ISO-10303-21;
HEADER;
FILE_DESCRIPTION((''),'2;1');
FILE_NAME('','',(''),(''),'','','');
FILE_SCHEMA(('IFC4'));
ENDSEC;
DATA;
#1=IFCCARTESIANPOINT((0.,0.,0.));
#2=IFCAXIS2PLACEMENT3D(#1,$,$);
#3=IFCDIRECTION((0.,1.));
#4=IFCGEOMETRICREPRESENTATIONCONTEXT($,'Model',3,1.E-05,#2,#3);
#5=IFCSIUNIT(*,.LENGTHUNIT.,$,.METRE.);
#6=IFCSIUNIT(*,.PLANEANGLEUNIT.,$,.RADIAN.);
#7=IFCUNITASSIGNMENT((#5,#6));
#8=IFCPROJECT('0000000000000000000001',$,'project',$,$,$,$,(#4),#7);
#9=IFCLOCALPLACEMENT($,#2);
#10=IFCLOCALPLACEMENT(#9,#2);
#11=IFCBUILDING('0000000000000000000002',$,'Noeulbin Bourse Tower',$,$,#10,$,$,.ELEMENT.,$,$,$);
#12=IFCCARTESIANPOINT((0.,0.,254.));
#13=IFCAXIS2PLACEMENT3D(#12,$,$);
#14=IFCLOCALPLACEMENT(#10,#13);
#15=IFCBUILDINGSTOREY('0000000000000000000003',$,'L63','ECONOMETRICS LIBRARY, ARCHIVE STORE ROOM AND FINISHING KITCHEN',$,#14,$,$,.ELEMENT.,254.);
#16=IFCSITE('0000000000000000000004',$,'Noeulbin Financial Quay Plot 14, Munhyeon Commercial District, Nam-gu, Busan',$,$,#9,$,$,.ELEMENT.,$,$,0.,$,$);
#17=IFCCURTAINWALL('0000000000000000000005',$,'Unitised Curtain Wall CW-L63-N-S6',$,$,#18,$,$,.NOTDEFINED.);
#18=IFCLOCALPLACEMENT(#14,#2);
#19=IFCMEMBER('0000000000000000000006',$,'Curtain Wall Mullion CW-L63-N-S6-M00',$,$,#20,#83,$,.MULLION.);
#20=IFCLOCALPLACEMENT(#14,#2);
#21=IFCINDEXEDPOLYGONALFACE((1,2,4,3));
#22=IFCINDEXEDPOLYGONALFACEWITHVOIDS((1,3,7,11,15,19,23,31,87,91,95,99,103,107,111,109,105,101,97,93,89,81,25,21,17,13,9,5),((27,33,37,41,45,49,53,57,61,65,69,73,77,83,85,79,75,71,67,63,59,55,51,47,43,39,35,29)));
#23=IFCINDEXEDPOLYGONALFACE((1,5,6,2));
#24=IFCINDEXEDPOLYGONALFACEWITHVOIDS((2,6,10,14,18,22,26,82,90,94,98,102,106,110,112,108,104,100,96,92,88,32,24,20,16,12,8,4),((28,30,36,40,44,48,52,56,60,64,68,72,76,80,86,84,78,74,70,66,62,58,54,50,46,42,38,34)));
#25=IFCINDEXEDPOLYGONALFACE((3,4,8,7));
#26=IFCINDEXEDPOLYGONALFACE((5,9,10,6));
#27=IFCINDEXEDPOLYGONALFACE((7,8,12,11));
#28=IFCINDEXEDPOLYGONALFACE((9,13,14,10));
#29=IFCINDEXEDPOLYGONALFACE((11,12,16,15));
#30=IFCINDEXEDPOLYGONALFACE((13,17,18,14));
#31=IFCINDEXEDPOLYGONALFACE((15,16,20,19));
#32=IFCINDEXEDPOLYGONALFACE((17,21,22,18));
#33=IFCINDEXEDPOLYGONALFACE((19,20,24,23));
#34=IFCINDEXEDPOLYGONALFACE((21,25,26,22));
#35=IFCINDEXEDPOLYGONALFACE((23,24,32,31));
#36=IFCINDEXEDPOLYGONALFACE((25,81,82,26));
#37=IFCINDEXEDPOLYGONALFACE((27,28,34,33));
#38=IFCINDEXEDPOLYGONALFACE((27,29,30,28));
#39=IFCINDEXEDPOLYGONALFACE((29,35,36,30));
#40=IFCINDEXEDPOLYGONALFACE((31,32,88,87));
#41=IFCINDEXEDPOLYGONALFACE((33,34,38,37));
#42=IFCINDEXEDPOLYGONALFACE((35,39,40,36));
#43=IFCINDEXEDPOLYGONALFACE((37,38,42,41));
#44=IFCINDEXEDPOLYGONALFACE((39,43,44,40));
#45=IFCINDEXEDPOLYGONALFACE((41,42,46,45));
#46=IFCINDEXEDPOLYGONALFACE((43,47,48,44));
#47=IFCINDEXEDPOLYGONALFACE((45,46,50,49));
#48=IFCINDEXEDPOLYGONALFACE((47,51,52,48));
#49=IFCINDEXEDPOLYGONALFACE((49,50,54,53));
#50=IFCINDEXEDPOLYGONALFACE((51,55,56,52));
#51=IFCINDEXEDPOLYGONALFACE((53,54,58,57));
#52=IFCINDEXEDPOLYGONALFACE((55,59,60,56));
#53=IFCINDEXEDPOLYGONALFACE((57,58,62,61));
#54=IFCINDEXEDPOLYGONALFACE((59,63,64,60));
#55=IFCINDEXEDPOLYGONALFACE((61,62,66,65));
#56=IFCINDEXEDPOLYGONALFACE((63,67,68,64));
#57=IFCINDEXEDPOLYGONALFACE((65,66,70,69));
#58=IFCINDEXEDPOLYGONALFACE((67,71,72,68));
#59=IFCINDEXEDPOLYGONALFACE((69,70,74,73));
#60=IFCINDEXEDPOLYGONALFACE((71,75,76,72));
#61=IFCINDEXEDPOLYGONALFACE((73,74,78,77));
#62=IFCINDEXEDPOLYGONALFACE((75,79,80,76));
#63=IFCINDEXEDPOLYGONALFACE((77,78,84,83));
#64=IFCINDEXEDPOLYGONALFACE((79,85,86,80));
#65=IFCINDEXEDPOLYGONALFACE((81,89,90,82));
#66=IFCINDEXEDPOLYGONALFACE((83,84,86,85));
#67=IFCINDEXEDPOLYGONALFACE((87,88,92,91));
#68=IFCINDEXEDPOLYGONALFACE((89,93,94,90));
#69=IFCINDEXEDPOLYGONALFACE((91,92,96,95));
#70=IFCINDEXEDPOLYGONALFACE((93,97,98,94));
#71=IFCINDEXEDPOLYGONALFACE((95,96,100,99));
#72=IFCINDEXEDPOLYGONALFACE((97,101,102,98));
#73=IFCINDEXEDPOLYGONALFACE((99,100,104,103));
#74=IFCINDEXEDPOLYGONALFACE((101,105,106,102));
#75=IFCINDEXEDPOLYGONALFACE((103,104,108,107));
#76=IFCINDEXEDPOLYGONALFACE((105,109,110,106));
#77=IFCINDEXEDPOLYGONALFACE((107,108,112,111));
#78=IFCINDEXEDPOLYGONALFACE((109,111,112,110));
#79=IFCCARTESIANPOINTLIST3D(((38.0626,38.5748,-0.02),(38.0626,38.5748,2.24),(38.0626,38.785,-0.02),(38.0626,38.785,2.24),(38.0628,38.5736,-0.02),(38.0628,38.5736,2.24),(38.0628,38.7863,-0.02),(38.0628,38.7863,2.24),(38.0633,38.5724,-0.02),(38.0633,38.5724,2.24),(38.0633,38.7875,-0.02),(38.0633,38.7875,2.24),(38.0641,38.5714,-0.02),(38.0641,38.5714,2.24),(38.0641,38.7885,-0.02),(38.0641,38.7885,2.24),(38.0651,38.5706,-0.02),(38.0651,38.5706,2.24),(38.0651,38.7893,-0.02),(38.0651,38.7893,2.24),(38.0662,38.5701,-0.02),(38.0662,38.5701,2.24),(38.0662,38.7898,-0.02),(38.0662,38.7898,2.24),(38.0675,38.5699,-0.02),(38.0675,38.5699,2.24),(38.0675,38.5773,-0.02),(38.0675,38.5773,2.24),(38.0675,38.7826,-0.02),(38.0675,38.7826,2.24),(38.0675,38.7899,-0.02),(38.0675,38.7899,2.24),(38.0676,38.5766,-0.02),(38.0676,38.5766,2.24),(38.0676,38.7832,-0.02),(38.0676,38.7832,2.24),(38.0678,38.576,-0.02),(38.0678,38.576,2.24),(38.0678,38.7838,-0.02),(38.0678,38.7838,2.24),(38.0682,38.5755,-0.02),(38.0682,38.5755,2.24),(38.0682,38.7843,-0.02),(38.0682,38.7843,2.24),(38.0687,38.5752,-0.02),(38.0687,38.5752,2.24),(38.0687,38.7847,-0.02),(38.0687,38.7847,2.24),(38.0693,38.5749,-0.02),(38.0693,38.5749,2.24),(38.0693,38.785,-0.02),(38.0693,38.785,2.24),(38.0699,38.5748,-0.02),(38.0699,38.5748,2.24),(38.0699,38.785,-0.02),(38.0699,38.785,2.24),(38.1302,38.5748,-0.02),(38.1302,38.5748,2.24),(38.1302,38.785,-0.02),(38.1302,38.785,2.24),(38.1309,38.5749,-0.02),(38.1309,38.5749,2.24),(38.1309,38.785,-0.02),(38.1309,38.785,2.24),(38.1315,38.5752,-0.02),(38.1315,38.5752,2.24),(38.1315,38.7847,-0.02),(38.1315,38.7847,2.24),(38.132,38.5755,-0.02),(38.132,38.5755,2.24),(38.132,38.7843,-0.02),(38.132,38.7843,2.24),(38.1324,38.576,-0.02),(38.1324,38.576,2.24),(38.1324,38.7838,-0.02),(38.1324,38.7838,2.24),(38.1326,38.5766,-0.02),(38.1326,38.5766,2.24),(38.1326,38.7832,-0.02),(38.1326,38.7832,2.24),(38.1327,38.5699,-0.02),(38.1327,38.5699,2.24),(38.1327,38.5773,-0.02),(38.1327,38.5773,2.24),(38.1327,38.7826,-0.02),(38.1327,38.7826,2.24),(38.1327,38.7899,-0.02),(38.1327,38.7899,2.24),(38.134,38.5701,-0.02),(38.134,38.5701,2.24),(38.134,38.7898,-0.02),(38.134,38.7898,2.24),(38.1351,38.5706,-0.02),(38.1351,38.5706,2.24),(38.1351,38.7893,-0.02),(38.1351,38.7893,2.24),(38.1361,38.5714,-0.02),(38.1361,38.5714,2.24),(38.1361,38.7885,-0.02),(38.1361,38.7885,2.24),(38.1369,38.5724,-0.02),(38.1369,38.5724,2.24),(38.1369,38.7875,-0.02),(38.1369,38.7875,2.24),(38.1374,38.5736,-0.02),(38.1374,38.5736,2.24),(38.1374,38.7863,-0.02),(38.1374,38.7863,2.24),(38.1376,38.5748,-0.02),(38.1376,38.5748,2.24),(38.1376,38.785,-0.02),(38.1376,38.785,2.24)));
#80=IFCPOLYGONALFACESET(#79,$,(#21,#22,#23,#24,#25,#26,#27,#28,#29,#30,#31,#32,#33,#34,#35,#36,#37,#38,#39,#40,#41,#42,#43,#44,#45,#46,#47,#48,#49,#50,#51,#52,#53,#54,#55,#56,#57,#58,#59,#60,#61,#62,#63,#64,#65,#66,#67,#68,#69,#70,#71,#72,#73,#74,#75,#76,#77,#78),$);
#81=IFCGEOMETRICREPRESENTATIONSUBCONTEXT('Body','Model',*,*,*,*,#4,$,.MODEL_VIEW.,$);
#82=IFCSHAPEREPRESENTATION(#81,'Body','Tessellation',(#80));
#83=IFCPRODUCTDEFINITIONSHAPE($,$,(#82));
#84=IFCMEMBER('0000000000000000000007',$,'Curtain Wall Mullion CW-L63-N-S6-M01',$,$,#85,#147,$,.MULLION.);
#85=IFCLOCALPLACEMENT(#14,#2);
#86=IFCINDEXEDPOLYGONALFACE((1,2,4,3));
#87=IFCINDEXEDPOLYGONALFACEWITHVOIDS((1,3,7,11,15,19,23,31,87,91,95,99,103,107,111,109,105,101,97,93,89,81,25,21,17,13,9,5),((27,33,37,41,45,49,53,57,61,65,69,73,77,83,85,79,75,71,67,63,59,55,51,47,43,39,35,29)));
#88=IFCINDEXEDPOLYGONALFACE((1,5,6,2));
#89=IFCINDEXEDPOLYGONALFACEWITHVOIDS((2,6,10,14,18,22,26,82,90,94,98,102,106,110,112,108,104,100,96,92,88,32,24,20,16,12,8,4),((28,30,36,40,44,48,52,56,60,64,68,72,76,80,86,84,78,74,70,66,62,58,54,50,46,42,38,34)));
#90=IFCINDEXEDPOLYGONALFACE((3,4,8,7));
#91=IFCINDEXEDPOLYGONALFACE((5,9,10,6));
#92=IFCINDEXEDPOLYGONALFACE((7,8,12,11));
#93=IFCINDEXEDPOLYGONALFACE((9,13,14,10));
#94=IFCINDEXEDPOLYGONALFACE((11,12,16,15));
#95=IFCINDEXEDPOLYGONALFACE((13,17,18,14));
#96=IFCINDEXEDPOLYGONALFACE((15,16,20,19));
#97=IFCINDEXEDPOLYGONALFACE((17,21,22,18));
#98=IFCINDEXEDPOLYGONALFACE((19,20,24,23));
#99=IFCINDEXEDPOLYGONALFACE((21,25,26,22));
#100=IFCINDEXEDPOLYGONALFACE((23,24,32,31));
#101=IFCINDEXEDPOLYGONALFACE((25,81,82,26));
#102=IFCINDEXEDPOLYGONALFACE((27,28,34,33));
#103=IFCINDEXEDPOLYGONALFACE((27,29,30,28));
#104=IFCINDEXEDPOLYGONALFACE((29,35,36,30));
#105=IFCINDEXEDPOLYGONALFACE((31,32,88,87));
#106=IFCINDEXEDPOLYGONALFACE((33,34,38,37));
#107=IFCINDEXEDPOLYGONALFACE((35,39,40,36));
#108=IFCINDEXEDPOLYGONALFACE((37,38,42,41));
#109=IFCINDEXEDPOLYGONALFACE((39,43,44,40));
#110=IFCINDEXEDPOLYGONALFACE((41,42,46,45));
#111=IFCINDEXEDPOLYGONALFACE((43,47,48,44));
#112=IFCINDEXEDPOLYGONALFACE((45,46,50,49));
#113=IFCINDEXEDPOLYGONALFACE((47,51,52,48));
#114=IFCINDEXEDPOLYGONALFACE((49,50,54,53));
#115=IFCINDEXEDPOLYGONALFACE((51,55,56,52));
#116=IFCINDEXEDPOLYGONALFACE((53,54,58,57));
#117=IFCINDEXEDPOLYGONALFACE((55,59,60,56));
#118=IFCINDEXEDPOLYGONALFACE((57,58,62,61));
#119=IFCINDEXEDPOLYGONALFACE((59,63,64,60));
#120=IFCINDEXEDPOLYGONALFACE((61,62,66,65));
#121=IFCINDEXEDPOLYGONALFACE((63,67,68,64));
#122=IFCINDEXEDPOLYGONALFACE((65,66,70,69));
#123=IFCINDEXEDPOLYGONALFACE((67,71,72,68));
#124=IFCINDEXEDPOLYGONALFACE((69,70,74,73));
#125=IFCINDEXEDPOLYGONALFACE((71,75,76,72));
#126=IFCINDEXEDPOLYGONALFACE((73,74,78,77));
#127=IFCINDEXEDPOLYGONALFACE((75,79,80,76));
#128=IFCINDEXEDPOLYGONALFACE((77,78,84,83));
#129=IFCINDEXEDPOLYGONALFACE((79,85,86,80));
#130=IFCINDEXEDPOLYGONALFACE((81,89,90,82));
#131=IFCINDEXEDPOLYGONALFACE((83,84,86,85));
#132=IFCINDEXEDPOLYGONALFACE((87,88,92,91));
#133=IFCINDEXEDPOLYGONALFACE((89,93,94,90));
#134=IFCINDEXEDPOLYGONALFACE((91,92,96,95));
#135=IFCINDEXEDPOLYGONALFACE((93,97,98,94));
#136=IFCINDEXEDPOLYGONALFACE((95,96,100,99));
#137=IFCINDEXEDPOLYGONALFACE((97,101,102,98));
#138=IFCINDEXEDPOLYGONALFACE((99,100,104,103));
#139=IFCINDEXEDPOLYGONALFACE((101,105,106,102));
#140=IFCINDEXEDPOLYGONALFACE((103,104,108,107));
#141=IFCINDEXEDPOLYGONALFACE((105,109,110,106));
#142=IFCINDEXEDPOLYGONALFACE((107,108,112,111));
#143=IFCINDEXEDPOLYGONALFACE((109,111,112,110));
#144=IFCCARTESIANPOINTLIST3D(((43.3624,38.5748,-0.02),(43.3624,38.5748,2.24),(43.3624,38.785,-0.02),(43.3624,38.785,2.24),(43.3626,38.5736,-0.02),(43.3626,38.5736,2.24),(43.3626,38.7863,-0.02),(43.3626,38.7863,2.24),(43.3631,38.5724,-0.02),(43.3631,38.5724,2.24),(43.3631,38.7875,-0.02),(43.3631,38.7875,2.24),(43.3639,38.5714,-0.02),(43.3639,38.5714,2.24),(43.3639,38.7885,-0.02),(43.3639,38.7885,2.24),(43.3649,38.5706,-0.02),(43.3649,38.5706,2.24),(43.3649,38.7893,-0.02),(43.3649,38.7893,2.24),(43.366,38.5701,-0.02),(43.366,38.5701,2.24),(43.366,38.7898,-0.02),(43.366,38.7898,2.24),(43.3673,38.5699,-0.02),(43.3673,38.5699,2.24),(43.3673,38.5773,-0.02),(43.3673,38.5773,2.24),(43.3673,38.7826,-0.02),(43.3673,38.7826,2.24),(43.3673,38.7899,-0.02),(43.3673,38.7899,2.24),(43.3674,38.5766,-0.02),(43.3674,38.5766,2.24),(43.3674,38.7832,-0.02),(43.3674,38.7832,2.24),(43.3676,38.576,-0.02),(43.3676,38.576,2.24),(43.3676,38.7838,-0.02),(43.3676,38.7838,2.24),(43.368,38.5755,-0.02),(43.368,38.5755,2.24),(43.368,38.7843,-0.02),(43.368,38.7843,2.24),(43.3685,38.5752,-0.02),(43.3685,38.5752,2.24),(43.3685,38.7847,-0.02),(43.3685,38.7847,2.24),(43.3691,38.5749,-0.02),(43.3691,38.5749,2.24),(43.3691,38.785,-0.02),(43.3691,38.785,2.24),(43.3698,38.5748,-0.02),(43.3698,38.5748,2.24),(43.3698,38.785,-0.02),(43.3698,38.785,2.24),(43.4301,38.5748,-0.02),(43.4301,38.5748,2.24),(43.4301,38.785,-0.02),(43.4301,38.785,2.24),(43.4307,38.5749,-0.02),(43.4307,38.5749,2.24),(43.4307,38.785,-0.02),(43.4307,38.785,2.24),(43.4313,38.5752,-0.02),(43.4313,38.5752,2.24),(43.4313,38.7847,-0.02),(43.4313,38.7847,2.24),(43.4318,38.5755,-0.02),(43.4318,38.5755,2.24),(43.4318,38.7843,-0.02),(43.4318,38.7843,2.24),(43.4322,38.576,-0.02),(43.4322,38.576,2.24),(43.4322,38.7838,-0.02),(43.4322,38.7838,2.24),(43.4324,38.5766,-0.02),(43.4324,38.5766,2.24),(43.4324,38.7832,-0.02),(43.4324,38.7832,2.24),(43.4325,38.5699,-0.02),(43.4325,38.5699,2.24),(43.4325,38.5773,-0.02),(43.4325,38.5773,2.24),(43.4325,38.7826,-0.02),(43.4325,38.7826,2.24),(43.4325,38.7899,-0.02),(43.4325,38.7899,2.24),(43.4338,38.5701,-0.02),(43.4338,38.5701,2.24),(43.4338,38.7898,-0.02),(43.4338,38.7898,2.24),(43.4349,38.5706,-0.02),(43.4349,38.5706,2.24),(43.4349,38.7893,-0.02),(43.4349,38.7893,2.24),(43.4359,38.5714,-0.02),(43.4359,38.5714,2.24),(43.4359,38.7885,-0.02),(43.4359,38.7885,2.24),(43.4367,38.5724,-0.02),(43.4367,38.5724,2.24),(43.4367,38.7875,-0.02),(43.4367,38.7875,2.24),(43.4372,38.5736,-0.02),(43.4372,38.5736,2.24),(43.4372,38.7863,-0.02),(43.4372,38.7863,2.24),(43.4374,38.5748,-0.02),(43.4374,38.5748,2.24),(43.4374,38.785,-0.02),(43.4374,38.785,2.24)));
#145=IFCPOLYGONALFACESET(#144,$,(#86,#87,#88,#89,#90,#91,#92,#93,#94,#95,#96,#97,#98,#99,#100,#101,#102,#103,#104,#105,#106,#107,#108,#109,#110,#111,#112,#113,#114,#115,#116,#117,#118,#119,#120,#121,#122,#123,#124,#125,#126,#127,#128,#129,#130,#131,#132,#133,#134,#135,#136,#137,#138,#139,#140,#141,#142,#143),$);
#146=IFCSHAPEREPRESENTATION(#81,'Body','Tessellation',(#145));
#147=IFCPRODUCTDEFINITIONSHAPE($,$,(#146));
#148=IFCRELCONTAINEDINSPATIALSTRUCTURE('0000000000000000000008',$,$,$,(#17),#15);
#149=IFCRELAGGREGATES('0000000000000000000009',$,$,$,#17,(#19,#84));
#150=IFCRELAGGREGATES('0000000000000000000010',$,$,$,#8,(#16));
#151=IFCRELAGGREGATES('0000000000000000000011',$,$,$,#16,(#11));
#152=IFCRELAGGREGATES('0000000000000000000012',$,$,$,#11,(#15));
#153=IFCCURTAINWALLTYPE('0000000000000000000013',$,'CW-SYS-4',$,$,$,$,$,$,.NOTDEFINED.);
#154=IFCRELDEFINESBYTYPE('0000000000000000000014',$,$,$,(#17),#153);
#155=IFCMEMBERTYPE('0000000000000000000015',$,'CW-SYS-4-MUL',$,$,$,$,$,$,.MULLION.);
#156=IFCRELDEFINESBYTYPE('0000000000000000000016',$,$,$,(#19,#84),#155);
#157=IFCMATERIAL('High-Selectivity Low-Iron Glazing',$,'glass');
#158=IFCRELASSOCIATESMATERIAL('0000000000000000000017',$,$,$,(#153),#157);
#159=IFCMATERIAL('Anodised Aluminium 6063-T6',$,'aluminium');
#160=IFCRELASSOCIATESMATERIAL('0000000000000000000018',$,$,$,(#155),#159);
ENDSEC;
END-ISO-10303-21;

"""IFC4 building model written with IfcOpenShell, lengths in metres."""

from ifc_helpers import new_model, si_unit, direction, frame, origin, origin_2d, place, context, subcontext, project, spatial, hollow_rectangle, extrude, material, material_profile, profile_set, type_object, element, aggregate, save


model = new_model("IFC4")

# Units and contexts
model_context = context("Model", 3, precision=1e-05, world=origin(), true_north=direction((0.0, 1.0)))
body_context = subcontext(model_context, "Body", "Model", "MODEL_VIEW")
ifc_project = project(units=[si_unit("LENGTHUNIT", "METRE"), si_unit("PLANEANGLEUNIT", "RADIAN")], contexts=[model_context])

# Site, building, storey
site_placement = place(None, origin())
site = spatial("IfcSite", under=ifc_project, at=site_placement, Name="Noeulbin Financial Quay Plot 14, Munhyeon Commercial District, Nam-gu, Busan", CompositionType="ELEMENT", RefElevation=0.0)
building_placement = place(site_placement, origin())
building = spatial("IfcBuilding", under=site, at=building_placement, Name="Noeulbin Bourse Tower", CompositionType="ELEMENT")
storey_placement = place(building_placement, frame((0.0, 0.0, 254.0)))
storey = spatial("IfcBuildingStorey", under=building, at=storey_placement, Name="L63", Description="ECONOMETRICS LIBRARY, ARCHIVE STORE ROOM AND FINISHING KITCHEN", CompositionType="ELEMENT", Elevation=254.0)

# Curtain wall, members
ifc_material_1 = material(Name="High-Selectivity Low-Iron Glazing", Category="glass")
curtain_wall_type = type_object("IfcCurtainWallType", Name="CW-SYS-4", PredefinedType="NOTDEFINED", material=ifc_material_1)
curtain_wall_1_placement = place(storey_placement, origin())
curtain_wall_1 = element("IfcCurtainWall", 1, at=curtain_wall_1_placement, inside=storey, type_object=curtain_wall_type, Name="Unitised Curtain Wall CW-L63-N-S6", PredefinedType="NOTDEFINED")
ifc_material_2 = material(Name="Anodised Aluminium 6063-T6", Category="aluminium")
ifc_material_profile_1 = material_profile(ifc_material_2, hollow_rectangle(XDim=0.075, YDim=0.22, WallThickness=0.0049, InnerFilletRadius=0.0024, OuterFilletRadius=0.0049, at=origin_2d()), Name="ALU-MULL-75x220x5", Category="LoadBearing")
ifc_profile_set_1 = profile_set([ifc_material_profile_1], Name="Anodised Aluminium 6063-T6")
member_type_1 = type_object("IfcMemberType", Name="CW-SYS-4-MUL", PredefinedType="MULLION", material=ifc_profile_set_1)
member_1_placement = place(storey_placement, frame((38.1001, 38.6799, -0.02), z_axis=(0.0, 0.0, 1.0), x_axis=(1.0, 0.0, 0.0)))
member_1 = element("IfcMember", 2, at=member_1_placement, type_object=member_type_1, Name="Curtain Wall Mullion CW-L63-N-S6-M00", PredefinedType="MULLION", context=body_context, shape_type="SweptSolid", body=[
    extrude(hollow_rectangle(XDim=0.075, YDim=0.22, WallThickness=0.0049, InnerFilletRadius=0.0024, OuterFilletRadius=0.0049, at=origin_2d()), origin(), (0.0, 0.0, 1.0), 2.26),
])
member_2_placement = place(storey_placement, frame((43.3999, 38.6799, -0.02), z_axis=(0.0, 0.0, 1.0), x_axis=(1.0, 0.0, 0.0)))
member_2 = element("IfcMember", 3, at=member_2_placement, type_object=member_type_1, Name="Curtain Wall Mullion CW-L63-N-S6-M01", PredefinedType="MULLION", context=body_context, shape_type="SweptSolid", body=[
    extrude(hollow_rectangle(XDim=0.075, YDim=0.22, WallThickness=0.0049, InnerFilletRadius=0.0024, OuterFilletRadius=0.0049, at=origin_2d()), origin(), (0.0, 0.0, 1.0), 2.26),
])

aggregate(curtain_wall_1, [member_1, member_2])

save(model, "model.ifc")
